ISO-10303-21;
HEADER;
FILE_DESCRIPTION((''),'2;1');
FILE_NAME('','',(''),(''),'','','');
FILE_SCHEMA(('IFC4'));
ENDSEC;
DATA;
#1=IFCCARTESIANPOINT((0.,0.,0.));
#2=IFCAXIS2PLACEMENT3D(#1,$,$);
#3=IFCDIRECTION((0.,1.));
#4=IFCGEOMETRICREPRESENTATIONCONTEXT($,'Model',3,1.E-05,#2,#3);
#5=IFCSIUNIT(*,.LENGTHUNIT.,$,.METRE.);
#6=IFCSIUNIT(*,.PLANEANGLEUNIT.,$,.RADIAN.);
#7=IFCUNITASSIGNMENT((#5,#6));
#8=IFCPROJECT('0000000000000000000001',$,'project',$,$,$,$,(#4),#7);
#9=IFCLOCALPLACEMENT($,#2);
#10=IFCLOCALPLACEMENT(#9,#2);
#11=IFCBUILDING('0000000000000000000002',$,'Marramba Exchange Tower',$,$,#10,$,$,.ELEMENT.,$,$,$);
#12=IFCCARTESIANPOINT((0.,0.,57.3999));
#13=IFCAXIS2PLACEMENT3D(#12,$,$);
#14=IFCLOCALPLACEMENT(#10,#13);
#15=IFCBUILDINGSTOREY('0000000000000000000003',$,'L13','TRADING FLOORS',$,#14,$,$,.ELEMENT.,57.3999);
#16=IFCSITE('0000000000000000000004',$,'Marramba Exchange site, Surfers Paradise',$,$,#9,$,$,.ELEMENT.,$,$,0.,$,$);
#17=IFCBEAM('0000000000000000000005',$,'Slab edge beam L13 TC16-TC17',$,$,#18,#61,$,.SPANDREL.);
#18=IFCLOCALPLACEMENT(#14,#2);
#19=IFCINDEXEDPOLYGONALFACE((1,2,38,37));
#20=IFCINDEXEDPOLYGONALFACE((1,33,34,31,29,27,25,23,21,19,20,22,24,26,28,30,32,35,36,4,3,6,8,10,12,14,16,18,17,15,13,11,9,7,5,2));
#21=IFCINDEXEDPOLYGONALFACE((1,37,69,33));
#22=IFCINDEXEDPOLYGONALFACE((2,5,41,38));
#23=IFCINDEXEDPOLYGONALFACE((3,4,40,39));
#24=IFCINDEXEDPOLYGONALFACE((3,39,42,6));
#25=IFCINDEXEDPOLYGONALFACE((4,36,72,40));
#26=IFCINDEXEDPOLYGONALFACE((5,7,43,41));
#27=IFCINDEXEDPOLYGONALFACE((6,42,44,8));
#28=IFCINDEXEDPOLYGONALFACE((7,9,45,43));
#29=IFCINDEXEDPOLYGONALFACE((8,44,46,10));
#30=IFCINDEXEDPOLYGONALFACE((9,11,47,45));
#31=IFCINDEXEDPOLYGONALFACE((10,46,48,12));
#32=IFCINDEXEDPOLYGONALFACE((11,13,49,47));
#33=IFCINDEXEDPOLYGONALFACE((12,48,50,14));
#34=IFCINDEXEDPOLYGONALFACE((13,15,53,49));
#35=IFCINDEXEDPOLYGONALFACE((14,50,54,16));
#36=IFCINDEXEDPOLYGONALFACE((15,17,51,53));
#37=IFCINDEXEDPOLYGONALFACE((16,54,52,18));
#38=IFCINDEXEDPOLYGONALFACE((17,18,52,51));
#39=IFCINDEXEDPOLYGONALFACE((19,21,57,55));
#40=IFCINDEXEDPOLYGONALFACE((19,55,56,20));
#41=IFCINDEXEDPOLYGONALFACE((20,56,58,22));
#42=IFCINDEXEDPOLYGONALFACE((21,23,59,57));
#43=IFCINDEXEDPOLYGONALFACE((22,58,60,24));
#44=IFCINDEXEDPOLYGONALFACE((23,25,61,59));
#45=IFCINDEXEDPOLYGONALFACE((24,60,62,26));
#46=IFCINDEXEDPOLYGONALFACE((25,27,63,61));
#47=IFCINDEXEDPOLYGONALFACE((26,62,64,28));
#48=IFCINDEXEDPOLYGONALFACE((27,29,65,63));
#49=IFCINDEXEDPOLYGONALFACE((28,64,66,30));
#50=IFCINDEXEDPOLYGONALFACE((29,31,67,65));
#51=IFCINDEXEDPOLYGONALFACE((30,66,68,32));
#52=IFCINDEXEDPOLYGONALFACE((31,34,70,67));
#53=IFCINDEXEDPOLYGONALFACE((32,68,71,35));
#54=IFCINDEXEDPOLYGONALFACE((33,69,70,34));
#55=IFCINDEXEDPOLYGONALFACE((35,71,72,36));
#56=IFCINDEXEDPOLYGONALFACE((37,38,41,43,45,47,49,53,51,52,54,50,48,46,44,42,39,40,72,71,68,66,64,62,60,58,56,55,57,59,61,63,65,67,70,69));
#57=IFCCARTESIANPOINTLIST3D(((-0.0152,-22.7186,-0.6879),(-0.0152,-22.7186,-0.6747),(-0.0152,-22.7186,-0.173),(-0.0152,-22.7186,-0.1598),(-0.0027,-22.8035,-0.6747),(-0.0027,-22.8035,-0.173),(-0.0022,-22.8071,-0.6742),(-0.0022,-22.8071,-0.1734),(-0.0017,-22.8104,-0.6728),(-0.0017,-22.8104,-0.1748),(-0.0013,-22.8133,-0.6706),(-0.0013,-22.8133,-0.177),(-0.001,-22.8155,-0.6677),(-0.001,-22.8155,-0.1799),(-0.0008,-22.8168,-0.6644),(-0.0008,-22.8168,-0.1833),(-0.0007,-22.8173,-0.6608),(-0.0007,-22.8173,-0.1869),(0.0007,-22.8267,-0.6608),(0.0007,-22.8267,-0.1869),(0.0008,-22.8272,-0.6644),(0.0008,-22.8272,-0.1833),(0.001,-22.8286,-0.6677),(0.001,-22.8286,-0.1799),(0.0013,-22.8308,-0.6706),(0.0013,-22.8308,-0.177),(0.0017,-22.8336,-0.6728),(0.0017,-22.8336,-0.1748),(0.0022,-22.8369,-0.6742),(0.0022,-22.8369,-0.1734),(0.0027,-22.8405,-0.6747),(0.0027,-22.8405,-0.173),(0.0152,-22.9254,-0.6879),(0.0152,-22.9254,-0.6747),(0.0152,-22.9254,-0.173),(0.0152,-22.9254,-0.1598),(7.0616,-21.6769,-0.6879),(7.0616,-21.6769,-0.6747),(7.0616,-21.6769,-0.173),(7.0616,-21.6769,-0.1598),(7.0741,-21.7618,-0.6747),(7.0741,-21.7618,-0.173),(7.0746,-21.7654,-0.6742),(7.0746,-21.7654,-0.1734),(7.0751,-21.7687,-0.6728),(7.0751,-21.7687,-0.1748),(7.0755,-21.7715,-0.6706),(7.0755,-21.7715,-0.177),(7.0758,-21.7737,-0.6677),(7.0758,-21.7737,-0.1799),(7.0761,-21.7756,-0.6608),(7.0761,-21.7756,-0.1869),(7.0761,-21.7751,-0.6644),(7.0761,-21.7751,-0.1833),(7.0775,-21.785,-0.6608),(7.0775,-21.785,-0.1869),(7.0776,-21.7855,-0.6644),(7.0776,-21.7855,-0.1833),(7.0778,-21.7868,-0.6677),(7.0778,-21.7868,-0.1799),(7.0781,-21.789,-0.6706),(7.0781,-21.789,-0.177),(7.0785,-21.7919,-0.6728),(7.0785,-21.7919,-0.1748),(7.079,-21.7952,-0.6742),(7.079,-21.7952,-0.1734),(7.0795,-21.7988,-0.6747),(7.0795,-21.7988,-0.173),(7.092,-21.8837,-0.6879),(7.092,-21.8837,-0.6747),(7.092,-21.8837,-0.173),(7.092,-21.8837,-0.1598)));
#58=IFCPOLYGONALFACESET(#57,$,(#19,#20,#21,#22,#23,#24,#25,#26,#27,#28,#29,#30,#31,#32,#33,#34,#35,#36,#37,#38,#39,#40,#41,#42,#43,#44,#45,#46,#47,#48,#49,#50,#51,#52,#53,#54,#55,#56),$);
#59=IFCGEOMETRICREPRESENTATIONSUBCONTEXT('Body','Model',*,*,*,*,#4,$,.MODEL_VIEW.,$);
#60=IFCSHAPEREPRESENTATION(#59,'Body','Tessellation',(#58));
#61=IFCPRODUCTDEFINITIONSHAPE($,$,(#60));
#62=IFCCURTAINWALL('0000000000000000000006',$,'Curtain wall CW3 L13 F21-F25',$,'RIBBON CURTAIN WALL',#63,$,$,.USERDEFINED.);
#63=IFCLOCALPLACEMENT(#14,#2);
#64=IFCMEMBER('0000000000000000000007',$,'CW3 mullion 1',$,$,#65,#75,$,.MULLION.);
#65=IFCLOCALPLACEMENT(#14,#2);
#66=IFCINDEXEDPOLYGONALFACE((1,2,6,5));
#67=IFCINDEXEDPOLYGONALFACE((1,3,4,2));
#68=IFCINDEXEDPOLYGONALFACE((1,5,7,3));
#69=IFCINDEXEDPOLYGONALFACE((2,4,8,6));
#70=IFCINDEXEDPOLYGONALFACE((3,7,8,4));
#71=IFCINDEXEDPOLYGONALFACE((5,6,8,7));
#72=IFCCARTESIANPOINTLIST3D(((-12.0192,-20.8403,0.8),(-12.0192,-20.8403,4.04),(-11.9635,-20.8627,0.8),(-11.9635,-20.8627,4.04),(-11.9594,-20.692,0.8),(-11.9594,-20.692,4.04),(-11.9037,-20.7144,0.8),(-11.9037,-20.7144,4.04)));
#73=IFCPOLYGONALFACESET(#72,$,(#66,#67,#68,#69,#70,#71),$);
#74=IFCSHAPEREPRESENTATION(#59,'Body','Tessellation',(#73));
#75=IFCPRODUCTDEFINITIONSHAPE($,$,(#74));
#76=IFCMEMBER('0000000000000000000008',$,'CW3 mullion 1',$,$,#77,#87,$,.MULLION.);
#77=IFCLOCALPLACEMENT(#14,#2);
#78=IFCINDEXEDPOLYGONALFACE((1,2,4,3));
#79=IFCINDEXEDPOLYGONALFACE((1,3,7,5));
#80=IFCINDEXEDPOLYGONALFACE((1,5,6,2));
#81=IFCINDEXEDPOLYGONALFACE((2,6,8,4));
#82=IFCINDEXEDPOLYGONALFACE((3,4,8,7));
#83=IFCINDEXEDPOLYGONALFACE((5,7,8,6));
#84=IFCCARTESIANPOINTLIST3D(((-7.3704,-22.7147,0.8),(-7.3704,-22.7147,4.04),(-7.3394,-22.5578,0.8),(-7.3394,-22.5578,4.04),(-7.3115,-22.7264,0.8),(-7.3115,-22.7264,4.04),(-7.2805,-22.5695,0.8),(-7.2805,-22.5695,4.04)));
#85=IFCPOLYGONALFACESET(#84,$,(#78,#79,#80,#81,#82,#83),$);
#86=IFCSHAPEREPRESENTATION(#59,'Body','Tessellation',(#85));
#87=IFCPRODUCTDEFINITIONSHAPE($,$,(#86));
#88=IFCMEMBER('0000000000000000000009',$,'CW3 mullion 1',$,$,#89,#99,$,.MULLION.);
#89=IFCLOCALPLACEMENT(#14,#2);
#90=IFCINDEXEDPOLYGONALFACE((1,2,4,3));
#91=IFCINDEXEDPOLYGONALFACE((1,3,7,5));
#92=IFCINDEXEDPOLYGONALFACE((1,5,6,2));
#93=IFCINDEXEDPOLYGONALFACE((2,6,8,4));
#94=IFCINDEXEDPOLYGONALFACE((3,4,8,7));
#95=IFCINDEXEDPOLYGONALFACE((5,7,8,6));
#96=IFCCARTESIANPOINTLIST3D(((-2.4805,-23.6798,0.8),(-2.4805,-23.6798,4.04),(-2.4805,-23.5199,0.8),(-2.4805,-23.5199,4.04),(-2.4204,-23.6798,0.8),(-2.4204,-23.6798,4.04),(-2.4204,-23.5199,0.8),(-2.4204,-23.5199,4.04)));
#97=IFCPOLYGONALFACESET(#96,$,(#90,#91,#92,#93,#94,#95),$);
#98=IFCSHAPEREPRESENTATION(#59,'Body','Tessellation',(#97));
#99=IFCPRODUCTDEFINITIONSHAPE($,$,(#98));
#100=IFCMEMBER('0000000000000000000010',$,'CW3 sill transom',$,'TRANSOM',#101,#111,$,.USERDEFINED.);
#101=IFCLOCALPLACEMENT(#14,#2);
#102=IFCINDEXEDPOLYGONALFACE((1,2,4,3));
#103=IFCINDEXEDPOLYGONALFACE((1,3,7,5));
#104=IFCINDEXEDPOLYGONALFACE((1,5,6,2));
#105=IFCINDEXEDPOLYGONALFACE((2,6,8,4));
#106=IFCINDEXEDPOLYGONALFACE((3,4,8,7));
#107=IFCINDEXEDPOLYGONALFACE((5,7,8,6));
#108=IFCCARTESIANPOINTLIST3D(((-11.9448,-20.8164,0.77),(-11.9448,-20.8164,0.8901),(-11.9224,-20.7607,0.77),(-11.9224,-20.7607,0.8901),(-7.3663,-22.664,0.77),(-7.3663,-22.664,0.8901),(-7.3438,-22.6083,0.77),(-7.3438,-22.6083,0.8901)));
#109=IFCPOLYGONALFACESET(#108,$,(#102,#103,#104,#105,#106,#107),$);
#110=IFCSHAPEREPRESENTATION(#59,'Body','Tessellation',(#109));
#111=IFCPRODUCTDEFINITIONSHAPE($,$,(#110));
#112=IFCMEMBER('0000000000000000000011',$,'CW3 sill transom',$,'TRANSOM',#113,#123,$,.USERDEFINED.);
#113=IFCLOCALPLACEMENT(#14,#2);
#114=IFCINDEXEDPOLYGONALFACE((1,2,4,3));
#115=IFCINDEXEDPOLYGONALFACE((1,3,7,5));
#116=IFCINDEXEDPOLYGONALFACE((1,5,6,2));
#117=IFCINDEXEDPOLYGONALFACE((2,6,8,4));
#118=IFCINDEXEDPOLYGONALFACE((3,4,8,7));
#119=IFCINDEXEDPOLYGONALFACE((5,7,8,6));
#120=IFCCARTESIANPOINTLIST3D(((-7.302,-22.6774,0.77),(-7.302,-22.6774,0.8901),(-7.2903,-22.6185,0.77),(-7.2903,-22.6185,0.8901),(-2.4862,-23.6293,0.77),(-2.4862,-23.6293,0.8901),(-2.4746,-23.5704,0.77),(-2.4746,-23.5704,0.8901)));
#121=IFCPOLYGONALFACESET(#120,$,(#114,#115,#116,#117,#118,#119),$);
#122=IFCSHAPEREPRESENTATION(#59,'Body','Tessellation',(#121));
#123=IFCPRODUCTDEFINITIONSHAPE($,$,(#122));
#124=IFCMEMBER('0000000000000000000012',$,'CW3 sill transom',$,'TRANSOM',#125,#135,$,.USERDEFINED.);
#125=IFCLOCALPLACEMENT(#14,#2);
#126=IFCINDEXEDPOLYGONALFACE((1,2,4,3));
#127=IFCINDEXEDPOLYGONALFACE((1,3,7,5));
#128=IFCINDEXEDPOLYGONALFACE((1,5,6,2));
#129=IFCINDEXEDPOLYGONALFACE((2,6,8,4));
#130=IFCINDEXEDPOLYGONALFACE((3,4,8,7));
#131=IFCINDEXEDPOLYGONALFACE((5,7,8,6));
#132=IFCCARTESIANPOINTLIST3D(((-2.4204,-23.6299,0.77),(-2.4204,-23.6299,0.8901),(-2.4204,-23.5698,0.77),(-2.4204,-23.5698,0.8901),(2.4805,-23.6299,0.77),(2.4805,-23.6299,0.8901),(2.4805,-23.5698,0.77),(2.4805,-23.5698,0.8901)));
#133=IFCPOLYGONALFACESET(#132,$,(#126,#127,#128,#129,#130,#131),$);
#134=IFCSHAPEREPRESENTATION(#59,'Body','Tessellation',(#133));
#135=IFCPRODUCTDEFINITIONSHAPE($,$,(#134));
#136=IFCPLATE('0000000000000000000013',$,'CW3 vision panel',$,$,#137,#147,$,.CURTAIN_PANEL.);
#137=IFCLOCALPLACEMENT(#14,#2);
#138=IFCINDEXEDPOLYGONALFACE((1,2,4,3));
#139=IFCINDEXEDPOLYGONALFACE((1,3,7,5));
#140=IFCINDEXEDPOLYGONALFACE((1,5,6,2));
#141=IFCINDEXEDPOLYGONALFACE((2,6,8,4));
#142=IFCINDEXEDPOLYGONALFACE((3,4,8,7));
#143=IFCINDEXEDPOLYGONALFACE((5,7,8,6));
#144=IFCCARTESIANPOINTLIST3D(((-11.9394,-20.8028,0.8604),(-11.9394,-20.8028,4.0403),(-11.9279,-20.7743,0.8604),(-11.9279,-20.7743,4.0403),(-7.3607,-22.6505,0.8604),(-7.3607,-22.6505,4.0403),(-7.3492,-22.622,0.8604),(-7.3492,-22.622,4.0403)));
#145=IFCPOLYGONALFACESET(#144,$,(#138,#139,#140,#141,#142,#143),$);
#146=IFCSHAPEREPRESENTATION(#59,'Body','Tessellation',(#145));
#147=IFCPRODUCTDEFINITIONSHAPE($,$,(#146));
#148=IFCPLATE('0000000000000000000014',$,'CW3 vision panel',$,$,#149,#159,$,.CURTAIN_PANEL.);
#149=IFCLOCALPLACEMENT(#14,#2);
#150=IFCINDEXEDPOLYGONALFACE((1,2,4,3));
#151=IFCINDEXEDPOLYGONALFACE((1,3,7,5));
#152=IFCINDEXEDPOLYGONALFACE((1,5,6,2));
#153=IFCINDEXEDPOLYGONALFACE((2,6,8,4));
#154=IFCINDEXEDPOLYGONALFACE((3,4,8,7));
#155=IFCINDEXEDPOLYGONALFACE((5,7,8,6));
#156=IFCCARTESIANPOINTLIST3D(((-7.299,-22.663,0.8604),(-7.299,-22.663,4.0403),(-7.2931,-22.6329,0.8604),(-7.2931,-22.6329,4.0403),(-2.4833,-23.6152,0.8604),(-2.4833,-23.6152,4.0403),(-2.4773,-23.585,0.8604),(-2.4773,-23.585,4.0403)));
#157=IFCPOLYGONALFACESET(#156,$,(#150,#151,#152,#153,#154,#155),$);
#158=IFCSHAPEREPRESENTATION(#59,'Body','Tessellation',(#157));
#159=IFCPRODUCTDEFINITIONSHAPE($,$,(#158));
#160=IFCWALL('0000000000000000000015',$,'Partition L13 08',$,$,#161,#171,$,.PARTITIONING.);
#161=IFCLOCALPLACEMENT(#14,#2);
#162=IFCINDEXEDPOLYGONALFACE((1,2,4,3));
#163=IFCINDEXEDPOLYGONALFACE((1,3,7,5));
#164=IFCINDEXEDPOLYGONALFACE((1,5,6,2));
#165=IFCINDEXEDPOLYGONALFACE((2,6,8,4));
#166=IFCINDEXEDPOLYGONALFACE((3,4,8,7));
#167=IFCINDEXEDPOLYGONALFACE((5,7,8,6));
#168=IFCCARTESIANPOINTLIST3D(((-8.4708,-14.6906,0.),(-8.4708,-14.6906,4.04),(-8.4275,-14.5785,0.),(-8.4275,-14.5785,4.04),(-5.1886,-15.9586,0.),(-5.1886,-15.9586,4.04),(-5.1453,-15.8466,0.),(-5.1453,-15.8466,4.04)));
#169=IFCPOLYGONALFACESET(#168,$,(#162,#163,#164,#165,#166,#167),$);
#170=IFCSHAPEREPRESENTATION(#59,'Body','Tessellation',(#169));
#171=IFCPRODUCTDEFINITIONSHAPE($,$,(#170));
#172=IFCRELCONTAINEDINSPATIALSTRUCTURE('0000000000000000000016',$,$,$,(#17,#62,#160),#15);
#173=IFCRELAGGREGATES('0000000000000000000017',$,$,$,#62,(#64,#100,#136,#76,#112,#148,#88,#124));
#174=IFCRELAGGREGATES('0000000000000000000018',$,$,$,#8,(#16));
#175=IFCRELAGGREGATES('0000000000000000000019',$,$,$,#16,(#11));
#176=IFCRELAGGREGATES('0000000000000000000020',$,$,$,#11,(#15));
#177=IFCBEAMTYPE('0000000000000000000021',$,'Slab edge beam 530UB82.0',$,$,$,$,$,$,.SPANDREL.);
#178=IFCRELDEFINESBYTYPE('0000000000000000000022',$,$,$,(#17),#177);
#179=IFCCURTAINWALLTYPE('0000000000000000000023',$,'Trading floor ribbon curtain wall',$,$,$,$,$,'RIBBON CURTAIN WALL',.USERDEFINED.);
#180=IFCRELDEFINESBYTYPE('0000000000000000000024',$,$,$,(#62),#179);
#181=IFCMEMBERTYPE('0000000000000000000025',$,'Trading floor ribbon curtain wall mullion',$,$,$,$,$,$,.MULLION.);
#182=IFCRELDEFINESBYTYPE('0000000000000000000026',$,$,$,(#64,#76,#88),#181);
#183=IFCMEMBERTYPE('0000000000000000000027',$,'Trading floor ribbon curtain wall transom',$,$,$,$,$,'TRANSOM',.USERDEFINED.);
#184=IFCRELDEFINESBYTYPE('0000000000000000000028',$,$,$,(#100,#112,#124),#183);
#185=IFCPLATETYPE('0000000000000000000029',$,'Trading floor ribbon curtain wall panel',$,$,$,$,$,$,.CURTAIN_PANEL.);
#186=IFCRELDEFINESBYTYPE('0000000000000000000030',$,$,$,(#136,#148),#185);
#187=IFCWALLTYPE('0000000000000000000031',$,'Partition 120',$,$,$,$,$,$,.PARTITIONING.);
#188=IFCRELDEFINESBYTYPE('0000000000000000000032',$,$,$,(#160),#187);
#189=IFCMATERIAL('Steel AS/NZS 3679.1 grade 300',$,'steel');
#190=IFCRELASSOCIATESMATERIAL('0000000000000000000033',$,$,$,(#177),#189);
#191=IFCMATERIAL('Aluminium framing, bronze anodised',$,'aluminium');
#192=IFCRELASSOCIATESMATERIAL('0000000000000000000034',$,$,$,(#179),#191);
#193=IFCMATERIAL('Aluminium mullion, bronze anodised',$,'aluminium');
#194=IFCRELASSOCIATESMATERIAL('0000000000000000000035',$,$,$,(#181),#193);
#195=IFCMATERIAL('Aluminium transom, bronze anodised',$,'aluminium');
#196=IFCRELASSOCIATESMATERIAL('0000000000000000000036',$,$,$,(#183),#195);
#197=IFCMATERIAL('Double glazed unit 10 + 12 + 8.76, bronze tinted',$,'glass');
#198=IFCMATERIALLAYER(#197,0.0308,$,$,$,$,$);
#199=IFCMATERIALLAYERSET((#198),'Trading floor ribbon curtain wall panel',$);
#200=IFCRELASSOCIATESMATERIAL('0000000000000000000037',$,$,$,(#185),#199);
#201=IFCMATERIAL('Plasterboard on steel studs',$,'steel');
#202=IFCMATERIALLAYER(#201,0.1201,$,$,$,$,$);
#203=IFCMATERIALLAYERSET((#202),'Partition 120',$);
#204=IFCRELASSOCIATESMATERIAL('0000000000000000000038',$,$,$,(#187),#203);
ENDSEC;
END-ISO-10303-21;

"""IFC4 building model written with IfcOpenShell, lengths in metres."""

from ifc_helpers import new_model, si_unit, direction, frame, frame_2d, origin, origin_2d, place, context, subcontext, project, spatial, rectangle, i_section, extrude, material, layer, layer_set, material_profile, profile_set, type_object, element, aggregate, save


model = new_model("IFC4")

# Units and contexts
model_context = context("Model", 3, precision=1e-05, world=origin(), true_north=direction((0.0, 1.0)))
body_context = subcontext(model_context, "Body", "Model", "MODEL_VIEW")
ifc_project = project(units=[si_unit("LENGTHUNIT", "METRE"), si_unit("PLANEANGLEUNIT", "RADIAN")], contexts=[model_context])

# Site, building, storey
site_placement = place(None, origin())
site = spatial("IfcSite", under=ifc_project, at=site_placement, Name="Marramba Exchange site, Surfers Paradise", CompositionType="ELEMENT", RefElevation=0.0)
building_placement = place(site_placement, origin())
building = spatial("IfcBuilding", under=site, at=building_placement, Name="Marramba Exchange Tower", CompositionType="ELEMENT")
storey_placement = place(building_placement, frame((0.0, 0.0, 57.3999)))
storey = spatial("IfcBuildingStorey", under=building, at=storey_placement, Name="L13", Description="TRADING FLOORS", CompositionType="ELEMENT", Elevation=57.3999)

# Beam
ifc_material_1 = material(Name="Steel AS/NZS 3679.1 grade 300", Category="steel")
ifc_material_profile_1 = material_profile(ifc_material_1, i_section(OverallWidth=0.209, OverallDepth=0.5281, WebThickness=0.0095, FlangeThickness=0.0132, FilletRadius=0.0139, at=origin_2d()), Name="530UB82.0")
ifc_profile_set_1 = profile_set([ifc_material_profile_1], Name="Steel AS/NZS 3679.1 grade 300")
beam_type_1 = type_object("IfcBeamType", Name="Slab edge beam 530UB82.0", PredefinedType="SPANDREL", material=ifc_profile_set_1)
for number, where, z_axis, x_axis, name in (
    (1, (0.0, -22.822, -0.4238), (0.989338, 0.145634, 0.0), (-0.145634, 0.989338, 0.0), "Slab edge beam L13 TC16-TC17"),
):
    element("IfcBeam", number, at=place(storey_placement, frame(where, z_axis=z_axis, x_axis=x_axis)), inside=storey, type_object=beam_type_1, Name=name, PredefinedType="SPANDREL", context=body_context, shape_type="SweptSolid", body=[
        extrude(i_section(OverallWidth=0.209, OverallDepth=0.5281, WebThickness=0.0095, FlangeThickness=0.0132, FilletRadius=0.0139, at=origin_2d()), origin(), (0.0, 0.0, 1.0), 7.1531),
    ])

# Curtain wall, members, plates
ifc_material_2 = material(Name="Aluminium framing, bronze anodised", Category="aluminium")
curtain_wall_type = type_object("IfcCurtainWallType", Name="Trading floor ribbon curtain wall", ElementType="RIBBON CURTAIN WALL", PredefinedType="USERDEFINED", material=ifc_material_2)
curtain_wall_placement = place(storey_placement, origin())
curtain_wall = element("IfcCurtainWall", 2, at=curtain_wall_placement, inside=storey, type_object=curtain_wall_type, Name="Curtain wall CW3 L13 F21-F25", ObjectType="RIBBON CURTAIN WALL", PredefinedType="USERDEFINED")
ifc_material_3 = material(Name="Aluminium mullion, bronze anodised", Category="aluminium")
ifc_material_profile_2 = material_profile(ifc_material_3, rectangle(XDim=0.1599, YDim=0.0601, at=origin_2d()), Name="CW3 mullion 60x160")
ifc_profile_set_2 = profile_set([ifc_material_profile_2], Name="Aluminium mullion, bronze anodised")
member_type_1 = type_object("IfcMemberType", Name="Trading floor ribbon curtain wall mullion", PredefinedType="MULLION", material=ifc_profile_set_2)
member_1_placement = place(storey_placement, frame((-11.9614, -20.7773, 0.8), z_axis=(0.0, 0.0, 1.0), x_axis=(0.374218, 0.927341, 0.0)))
member_1 = element("IfcMember", 3, at=member_1_placement, type_object=member_type_1, Name="CW3 mullion 1", PredefinedType="MULLION", context=body_context, shape_type="SweptSolid", body=[
    extrude(rectangle(XDim=0.1599, YDim=0.0601, at=origin_2d()), origin(), (0.0, 0.0, 1.0), 3.24),
])
member_2_placement = place(storey_placement, frame((-7.3254, -22.6421, 0.8), z_axis=(0.0, 0.0, 1.0), x_axis=(0.193961, 0.981009, 0.0)))
member_2 = element("IfcMember", 4, at=member_2_placement, type_object=member_type_1, Name="CW3 mullion 1", PredefinedType="MULLION", context=body_context, shape_type="SweptSolid", body=[
    extrude(rectangle(XDim=0.1599, YDim=0.0601, at=origin_2d()), origin(), (0.0, 0.0, 1.0), 3.24),
])
member_3_placement = place(storey_placement, frame((-2.4504, -23.5999, 0.8), z_axis=(0.0, 0.0, 1.0), x_axis=(0.0, 1.0, 0.0)))
member_3 = element("IfcMember", 5, at=member_3_placement, type_object=member_type_1, Name="CW3 mullion 1", PredefinedType="MULLION", context=body_context, shape_type="SweptSolid", body=[
    extrude(rectangle(XDim=0.1599, YDim=0.0601, at=origin_2d()), origin(), (0.0, 0.0, 1.0), 3.24),
])
ifc_material_4 = material(Name="Aluminium transom, bronze anodised", Category="aluminium")
ifc_material_profile_3 = material_profile(ifc_material_4, rectangle(XDim=0.0601, YDim=0.1201, at=origin_2d()), Name="CW3 transom 60x120")
ifc_profile_set_3 = profile_set([ifc_material_profile_3], Name="Aluminium transom, bronze anodised")
member_type_2 = type_object("IfcMemberType", Name="Trading floor ribbon curtain wall transom", ElementType="TRANSOM", PredefinedType="USERDEFINED", material=ifc_profile_set_3)
member_4_placement = place(storey_placement, frame((-11.9336, -20.7886, 0.8301), z_axis=(0.92734, -0.374219, 0.0), x_axis=(0.374219, 0.92734, 0.0)))
member_4 = element("IfcMember", 6, at=member_4_placement, type_object=member_type_2, Name="CW3 sill transom", ObjectType="TRANSOM", PredefinedType="USERDEFINED", context=body_context, shape_type="SweptSolid", body=[
    extrude(rectangle(XDim=0.0601, YDim=0.1201, at=origin_2d()), origin(), (0.0, 0.0, 1.0), 4.9373),
])
member_5_placement = place(storey_placement, frame((-7.2961, -22.6479, 0.8301), z_axis=(0.981018, -0.193916, 0.0), x_axis=(0.193916, 0.981018, 0.0)))
member_5 = element("IfcMember", 7, at=member_5_placement, type_object=member_type_2, Name="CW3 sill transom", ObjectType="TRANSOM", PredefinedType="USERDEFINED", context=body_context, shape_type="SweptSolid", body=[
    extrude(rectangle(XDim=0.0601, YDim=0.1201, at=origin_2d()), origin(), (0.0, 0.0, 1.0), 4.9089),
])
member_6_placement = place(storey_placement, frame((-2.4204, -23.5999, 0.8301), z_axis=(1.0, 0.0, 0.0), x_axis=(0.0, 1.0, 0.0)))
member_6 = element("IfcMember", 8, at=member_6_placement, type_object=member_type_2, Name="CW3 sill transom", ObjectType="TRANSOM", PredefinedType="USERDEFINED", context=body_context, shape_type="SweptSolid", body=[
    extrude(rectangle(XDim=0.0601, YDim=0.1201, at=origin_2d()), origin(), (0.0, 0.0, 1.0), 4.9009),
])
ifc_material_5 = material(Name="Double glazed unit 10 + 12 + 8.76, bronze tinted", Category="glass")
ifc_layer_1 = layer(ifc_material_5, 0.0308)
ifc_layer_set_1 = layer_set([ifc_layer_1], Name="Trading floor ribbon curtain wall panel")
plate_type = type_object("IfcPlateType", Name="Trading floor ribbon curtain wall panel", PredefinedType="CURTAIN_PANEL", material=ifc_layer_set_1)
plate_1_placement = place(storey_placement, frame((-9.6443, -21.7124, 0.8604), z_axis=(0.0, 0.0, 1.0), x_axis=(0.927341, -0.374218, 0.0)))
plate_1 = element("IfcPlate", 9, at=plate_1_placement, type_object=plate_type, Name="CW3 vision panel", PredefinedType="CURTAIN_PANEL", context=body_context, shape_type="SweptSolid", body=[
    extrude(rectangle(XDim=4.9375, YDim=0.0308, at=origin_2d()), origin(), (0.0, 0.0, 1.0), 3.1799),
])
plate_2_placement = place(storey_placement, frame((-4.8882, -23.124, 0.8604), z_axis=(0.0, 0.0, 1.0), x_axis=(0.981009, -0.193961, 0.0)))
plate_2 = element("IfcPlate", 10, at=plate_2_placement, type_object=plate_type, Name="CW3 vision panel", PredefinedType="CURTAIN_PANEL", context=body_context, shape_type="SweptSolid", body=[
    extrude(rectangle(XDim=4.9089, YDim=0.0308, at=origin_2d()), origin(), (0.0, 0.0, 1.0), 3.1799),
])
aggregate(curtain_wall, [member_1, member_4, plate_1, member_2, member_5, plate_2, member_3, member_6])

# Wall
ifc_material_6 = material(Name="Plasterboard on steel studs", Category="steel")
ifc_layer_2 = layer(ifc_material_6, 0.1201)
ifc_layer_set_2 = layer_set([ifc_layer_2], Name="Partition 120")
wall_type = type_object("IfcWallType", Name="Partition 120", PredefinedType="PARTITIONING", material=ifc_layer_set_2)
wall_1_placement = place(storey_placement, frame((-5.167, -15.9026, 0.0), z_axis=(0.0, 0.0, 1.0), x_axis=(-0.932804, 0.360383, 0.0)))
element("IfcWall", 11, at=wall_1_placement, inside=storey, type_object=wall_type, Name="Partition L13 08", PredefinedType="PARTITIONING", context=body_context, shape_type="SweptSolid", body=[
    extrude(rectangle(XDim=3.5186, YDim=0.1201, at=frame_2d((1.7593, 0.0))), origin(), (0.0, 0.0, 1.0), 4.04),
])

save(model, "model.ifc")
